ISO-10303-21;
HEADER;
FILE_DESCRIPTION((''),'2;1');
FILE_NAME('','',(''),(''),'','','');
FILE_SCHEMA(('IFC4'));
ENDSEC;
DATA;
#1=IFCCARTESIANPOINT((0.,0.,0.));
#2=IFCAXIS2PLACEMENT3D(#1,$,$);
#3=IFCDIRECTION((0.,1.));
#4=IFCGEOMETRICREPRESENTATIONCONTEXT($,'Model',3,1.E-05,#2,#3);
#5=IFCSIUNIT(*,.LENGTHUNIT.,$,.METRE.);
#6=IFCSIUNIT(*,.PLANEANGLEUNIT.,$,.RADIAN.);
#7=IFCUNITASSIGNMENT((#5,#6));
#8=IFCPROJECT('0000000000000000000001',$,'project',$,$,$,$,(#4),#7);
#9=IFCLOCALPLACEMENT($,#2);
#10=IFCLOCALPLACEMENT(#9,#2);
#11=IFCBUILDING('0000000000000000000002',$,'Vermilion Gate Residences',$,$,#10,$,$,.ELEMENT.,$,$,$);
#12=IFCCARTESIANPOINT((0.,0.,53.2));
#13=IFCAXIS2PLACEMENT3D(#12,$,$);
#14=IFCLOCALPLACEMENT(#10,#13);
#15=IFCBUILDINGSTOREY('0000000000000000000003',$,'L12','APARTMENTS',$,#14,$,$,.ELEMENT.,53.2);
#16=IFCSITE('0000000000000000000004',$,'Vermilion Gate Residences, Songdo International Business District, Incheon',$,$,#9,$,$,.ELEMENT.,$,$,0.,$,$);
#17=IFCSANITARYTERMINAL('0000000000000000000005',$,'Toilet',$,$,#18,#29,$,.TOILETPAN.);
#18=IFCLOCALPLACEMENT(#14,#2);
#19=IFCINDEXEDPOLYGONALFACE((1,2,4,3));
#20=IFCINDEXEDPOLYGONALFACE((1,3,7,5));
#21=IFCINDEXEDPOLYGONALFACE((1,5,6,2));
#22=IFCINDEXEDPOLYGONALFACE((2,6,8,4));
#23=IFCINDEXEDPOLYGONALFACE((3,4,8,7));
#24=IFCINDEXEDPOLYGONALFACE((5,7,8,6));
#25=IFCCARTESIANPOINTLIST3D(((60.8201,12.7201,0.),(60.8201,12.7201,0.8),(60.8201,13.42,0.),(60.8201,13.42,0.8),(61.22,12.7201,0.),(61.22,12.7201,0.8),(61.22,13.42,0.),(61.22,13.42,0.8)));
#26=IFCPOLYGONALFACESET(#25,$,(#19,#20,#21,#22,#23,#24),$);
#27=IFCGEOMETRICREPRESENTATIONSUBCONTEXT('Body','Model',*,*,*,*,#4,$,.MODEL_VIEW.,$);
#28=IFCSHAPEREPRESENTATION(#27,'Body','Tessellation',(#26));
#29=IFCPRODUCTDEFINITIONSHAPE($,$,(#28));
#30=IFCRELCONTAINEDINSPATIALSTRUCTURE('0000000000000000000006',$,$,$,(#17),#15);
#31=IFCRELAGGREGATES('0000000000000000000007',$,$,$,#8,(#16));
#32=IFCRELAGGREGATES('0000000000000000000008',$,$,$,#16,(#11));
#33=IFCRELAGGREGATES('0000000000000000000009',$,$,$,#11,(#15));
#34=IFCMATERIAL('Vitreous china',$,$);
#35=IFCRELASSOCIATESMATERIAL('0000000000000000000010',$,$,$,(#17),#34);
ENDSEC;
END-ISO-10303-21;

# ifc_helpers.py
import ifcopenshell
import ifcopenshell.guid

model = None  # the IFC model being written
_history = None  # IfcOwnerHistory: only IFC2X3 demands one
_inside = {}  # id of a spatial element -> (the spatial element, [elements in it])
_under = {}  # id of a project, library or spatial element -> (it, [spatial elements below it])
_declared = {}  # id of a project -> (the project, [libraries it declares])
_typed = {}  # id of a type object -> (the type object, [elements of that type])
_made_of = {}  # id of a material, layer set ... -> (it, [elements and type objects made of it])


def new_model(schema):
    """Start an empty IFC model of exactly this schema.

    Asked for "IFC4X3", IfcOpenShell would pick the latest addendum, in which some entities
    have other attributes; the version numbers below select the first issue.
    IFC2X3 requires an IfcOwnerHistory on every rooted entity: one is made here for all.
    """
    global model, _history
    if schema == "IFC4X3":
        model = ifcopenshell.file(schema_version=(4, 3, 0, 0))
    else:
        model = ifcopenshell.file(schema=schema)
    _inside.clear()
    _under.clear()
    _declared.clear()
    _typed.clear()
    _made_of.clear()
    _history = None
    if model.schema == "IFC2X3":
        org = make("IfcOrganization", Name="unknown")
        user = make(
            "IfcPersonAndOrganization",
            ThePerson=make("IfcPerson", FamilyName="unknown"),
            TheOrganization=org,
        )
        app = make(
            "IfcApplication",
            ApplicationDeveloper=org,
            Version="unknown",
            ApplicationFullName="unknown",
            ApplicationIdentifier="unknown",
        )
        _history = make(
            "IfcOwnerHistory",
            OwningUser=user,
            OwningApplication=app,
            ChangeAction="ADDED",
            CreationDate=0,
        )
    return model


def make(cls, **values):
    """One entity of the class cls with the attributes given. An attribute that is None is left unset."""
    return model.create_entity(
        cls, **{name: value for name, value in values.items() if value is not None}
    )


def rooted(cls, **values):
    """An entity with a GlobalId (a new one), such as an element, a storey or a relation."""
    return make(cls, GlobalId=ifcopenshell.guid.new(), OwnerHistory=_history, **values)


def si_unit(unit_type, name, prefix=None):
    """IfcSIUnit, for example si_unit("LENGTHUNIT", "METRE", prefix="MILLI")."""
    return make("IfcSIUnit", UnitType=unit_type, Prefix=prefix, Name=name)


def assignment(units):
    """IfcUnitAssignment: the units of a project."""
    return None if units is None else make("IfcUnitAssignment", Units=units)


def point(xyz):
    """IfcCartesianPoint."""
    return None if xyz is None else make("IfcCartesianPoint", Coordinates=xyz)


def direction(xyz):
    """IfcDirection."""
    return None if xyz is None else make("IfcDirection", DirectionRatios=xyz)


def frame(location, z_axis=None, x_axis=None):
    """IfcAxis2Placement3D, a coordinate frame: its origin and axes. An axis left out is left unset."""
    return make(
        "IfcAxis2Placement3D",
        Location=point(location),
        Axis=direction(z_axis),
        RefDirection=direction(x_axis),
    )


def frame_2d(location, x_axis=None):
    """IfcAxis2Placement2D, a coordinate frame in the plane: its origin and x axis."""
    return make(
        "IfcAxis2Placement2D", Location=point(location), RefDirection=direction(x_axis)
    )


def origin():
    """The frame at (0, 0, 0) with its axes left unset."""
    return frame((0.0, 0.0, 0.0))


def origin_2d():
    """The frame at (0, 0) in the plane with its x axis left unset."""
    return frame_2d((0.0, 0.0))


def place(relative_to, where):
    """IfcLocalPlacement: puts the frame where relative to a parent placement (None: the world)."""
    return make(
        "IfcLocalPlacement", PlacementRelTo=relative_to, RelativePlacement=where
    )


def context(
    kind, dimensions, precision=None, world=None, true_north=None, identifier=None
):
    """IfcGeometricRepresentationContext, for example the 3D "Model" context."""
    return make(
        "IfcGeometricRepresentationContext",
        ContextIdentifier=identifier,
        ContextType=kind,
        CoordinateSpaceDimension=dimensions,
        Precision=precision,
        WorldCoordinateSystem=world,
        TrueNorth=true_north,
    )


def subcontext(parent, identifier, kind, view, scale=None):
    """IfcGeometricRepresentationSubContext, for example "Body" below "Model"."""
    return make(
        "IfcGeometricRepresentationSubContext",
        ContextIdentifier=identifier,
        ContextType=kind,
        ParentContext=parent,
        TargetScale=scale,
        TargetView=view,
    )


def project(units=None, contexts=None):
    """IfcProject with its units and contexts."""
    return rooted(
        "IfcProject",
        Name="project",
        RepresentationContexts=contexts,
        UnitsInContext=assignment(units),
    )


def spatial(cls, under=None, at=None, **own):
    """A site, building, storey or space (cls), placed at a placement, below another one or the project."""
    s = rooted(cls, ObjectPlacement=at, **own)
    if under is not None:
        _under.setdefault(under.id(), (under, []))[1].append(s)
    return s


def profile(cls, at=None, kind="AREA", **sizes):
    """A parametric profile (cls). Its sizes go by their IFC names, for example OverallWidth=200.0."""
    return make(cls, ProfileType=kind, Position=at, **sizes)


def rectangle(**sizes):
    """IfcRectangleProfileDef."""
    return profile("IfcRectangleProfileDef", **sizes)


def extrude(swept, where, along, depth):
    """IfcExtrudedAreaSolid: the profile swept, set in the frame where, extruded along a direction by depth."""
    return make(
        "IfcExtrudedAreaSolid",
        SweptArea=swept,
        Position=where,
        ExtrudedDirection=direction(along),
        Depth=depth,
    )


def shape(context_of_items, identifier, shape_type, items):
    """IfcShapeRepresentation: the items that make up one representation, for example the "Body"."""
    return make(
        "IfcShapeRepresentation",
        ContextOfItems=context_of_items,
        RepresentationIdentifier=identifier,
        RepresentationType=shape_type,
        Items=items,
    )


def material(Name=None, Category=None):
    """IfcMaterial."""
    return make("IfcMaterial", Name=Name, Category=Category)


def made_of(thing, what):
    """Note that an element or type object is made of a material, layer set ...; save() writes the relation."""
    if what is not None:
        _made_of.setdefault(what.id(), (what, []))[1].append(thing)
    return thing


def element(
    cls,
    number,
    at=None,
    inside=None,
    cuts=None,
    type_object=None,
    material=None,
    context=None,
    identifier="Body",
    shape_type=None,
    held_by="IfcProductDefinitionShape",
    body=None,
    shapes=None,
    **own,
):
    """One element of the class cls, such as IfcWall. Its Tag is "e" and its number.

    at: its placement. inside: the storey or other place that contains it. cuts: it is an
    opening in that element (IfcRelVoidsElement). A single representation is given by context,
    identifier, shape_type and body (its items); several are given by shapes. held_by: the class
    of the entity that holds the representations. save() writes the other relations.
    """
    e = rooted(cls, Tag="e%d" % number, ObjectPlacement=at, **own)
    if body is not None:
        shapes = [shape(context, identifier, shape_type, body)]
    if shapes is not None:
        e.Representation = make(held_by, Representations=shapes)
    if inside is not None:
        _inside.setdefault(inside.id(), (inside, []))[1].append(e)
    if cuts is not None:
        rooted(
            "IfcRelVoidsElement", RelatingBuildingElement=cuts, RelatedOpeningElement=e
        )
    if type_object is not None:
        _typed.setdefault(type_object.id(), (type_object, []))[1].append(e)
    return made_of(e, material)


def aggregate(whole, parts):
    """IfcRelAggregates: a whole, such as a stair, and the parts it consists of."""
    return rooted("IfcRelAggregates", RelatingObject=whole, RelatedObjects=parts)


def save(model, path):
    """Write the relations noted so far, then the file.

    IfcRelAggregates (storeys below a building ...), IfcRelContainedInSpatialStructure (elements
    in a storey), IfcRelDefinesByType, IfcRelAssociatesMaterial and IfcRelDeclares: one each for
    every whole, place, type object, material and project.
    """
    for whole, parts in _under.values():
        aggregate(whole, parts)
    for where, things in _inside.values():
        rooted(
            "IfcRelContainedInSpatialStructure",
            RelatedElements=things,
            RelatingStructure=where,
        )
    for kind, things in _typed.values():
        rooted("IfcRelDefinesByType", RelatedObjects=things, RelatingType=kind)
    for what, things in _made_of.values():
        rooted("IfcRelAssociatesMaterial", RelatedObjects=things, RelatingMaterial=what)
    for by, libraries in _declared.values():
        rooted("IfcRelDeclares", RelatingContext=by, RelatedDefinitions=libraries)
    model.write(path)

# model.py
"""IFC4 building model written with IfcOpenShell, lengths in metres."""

from ifc_helpers import new_model, si_unit, direction, frame, origin, origin_2d, place, context, subcontext, project, spatial, rectangle, extrude, material, element, save


model = new_model("IFC4")

# Units and contexts
model_context = context("Model", 3, precision=1e-05, world=origin(), true_north=direction((0.0, 1.0)))
body_context = subcontext(model_context, "Body", "Model", "MODEL_VIEW")
ifc_project = project(units=[si_unit("LENGTHUNIT", "METRE"), si_unit("PLANEANGLEUNIT", "RADIAN")], contexts=[model_context])

# Site, building, storey
site_placement = place(None, origin())
site = spatial("IfcSite", under=ifc_project, at=site_placement, Name="Vermilion Gate Residences, Songdo International Business District, Incheon", CompositionType="ELEMENT", RefElevation=0.0)
building_placement = place(site_placement, origin())
building = spatial("IfcBuilding", under=site, at=building_placement, Name="Vermilion Gate Residences", CompositionType="ELEMENT")
storey_placement = place(building_placement, frame((0.0, 0.0, 53.2)))
storey = spatial("IfcBuildingStorey", under=building, at=storey_placement, Name="L12", Description="APARTMENTS", CompositionType="ELEMENT", Elevation=53.2)

# Sanitary terminal
ifc_material_1 = material(Name="Vitreous china")
sanitary_terminal_1_placement = place(storey_placement, frame((61.02, 13.0701, 0.0), z_axis=(0.0, 0.0, 1.0), x_axis=(1.0, 0.0, 0.0)))
element("IfcSanitaryTerminal", 1, at=sanitary_terminal_1_placement, inside=storey, material=ifc_material_1, Name="Toilet", PredefinedType="TOILETPAN", context=body_context, shape_type="SweptSolid", body=[
    extrude(rectangle(XDim=0.3999, YDim=0.7, at=origin_2d()), origin(), (0.0, 0.0, 1.0), 0.8),
])

save(model, "model.ifc")
